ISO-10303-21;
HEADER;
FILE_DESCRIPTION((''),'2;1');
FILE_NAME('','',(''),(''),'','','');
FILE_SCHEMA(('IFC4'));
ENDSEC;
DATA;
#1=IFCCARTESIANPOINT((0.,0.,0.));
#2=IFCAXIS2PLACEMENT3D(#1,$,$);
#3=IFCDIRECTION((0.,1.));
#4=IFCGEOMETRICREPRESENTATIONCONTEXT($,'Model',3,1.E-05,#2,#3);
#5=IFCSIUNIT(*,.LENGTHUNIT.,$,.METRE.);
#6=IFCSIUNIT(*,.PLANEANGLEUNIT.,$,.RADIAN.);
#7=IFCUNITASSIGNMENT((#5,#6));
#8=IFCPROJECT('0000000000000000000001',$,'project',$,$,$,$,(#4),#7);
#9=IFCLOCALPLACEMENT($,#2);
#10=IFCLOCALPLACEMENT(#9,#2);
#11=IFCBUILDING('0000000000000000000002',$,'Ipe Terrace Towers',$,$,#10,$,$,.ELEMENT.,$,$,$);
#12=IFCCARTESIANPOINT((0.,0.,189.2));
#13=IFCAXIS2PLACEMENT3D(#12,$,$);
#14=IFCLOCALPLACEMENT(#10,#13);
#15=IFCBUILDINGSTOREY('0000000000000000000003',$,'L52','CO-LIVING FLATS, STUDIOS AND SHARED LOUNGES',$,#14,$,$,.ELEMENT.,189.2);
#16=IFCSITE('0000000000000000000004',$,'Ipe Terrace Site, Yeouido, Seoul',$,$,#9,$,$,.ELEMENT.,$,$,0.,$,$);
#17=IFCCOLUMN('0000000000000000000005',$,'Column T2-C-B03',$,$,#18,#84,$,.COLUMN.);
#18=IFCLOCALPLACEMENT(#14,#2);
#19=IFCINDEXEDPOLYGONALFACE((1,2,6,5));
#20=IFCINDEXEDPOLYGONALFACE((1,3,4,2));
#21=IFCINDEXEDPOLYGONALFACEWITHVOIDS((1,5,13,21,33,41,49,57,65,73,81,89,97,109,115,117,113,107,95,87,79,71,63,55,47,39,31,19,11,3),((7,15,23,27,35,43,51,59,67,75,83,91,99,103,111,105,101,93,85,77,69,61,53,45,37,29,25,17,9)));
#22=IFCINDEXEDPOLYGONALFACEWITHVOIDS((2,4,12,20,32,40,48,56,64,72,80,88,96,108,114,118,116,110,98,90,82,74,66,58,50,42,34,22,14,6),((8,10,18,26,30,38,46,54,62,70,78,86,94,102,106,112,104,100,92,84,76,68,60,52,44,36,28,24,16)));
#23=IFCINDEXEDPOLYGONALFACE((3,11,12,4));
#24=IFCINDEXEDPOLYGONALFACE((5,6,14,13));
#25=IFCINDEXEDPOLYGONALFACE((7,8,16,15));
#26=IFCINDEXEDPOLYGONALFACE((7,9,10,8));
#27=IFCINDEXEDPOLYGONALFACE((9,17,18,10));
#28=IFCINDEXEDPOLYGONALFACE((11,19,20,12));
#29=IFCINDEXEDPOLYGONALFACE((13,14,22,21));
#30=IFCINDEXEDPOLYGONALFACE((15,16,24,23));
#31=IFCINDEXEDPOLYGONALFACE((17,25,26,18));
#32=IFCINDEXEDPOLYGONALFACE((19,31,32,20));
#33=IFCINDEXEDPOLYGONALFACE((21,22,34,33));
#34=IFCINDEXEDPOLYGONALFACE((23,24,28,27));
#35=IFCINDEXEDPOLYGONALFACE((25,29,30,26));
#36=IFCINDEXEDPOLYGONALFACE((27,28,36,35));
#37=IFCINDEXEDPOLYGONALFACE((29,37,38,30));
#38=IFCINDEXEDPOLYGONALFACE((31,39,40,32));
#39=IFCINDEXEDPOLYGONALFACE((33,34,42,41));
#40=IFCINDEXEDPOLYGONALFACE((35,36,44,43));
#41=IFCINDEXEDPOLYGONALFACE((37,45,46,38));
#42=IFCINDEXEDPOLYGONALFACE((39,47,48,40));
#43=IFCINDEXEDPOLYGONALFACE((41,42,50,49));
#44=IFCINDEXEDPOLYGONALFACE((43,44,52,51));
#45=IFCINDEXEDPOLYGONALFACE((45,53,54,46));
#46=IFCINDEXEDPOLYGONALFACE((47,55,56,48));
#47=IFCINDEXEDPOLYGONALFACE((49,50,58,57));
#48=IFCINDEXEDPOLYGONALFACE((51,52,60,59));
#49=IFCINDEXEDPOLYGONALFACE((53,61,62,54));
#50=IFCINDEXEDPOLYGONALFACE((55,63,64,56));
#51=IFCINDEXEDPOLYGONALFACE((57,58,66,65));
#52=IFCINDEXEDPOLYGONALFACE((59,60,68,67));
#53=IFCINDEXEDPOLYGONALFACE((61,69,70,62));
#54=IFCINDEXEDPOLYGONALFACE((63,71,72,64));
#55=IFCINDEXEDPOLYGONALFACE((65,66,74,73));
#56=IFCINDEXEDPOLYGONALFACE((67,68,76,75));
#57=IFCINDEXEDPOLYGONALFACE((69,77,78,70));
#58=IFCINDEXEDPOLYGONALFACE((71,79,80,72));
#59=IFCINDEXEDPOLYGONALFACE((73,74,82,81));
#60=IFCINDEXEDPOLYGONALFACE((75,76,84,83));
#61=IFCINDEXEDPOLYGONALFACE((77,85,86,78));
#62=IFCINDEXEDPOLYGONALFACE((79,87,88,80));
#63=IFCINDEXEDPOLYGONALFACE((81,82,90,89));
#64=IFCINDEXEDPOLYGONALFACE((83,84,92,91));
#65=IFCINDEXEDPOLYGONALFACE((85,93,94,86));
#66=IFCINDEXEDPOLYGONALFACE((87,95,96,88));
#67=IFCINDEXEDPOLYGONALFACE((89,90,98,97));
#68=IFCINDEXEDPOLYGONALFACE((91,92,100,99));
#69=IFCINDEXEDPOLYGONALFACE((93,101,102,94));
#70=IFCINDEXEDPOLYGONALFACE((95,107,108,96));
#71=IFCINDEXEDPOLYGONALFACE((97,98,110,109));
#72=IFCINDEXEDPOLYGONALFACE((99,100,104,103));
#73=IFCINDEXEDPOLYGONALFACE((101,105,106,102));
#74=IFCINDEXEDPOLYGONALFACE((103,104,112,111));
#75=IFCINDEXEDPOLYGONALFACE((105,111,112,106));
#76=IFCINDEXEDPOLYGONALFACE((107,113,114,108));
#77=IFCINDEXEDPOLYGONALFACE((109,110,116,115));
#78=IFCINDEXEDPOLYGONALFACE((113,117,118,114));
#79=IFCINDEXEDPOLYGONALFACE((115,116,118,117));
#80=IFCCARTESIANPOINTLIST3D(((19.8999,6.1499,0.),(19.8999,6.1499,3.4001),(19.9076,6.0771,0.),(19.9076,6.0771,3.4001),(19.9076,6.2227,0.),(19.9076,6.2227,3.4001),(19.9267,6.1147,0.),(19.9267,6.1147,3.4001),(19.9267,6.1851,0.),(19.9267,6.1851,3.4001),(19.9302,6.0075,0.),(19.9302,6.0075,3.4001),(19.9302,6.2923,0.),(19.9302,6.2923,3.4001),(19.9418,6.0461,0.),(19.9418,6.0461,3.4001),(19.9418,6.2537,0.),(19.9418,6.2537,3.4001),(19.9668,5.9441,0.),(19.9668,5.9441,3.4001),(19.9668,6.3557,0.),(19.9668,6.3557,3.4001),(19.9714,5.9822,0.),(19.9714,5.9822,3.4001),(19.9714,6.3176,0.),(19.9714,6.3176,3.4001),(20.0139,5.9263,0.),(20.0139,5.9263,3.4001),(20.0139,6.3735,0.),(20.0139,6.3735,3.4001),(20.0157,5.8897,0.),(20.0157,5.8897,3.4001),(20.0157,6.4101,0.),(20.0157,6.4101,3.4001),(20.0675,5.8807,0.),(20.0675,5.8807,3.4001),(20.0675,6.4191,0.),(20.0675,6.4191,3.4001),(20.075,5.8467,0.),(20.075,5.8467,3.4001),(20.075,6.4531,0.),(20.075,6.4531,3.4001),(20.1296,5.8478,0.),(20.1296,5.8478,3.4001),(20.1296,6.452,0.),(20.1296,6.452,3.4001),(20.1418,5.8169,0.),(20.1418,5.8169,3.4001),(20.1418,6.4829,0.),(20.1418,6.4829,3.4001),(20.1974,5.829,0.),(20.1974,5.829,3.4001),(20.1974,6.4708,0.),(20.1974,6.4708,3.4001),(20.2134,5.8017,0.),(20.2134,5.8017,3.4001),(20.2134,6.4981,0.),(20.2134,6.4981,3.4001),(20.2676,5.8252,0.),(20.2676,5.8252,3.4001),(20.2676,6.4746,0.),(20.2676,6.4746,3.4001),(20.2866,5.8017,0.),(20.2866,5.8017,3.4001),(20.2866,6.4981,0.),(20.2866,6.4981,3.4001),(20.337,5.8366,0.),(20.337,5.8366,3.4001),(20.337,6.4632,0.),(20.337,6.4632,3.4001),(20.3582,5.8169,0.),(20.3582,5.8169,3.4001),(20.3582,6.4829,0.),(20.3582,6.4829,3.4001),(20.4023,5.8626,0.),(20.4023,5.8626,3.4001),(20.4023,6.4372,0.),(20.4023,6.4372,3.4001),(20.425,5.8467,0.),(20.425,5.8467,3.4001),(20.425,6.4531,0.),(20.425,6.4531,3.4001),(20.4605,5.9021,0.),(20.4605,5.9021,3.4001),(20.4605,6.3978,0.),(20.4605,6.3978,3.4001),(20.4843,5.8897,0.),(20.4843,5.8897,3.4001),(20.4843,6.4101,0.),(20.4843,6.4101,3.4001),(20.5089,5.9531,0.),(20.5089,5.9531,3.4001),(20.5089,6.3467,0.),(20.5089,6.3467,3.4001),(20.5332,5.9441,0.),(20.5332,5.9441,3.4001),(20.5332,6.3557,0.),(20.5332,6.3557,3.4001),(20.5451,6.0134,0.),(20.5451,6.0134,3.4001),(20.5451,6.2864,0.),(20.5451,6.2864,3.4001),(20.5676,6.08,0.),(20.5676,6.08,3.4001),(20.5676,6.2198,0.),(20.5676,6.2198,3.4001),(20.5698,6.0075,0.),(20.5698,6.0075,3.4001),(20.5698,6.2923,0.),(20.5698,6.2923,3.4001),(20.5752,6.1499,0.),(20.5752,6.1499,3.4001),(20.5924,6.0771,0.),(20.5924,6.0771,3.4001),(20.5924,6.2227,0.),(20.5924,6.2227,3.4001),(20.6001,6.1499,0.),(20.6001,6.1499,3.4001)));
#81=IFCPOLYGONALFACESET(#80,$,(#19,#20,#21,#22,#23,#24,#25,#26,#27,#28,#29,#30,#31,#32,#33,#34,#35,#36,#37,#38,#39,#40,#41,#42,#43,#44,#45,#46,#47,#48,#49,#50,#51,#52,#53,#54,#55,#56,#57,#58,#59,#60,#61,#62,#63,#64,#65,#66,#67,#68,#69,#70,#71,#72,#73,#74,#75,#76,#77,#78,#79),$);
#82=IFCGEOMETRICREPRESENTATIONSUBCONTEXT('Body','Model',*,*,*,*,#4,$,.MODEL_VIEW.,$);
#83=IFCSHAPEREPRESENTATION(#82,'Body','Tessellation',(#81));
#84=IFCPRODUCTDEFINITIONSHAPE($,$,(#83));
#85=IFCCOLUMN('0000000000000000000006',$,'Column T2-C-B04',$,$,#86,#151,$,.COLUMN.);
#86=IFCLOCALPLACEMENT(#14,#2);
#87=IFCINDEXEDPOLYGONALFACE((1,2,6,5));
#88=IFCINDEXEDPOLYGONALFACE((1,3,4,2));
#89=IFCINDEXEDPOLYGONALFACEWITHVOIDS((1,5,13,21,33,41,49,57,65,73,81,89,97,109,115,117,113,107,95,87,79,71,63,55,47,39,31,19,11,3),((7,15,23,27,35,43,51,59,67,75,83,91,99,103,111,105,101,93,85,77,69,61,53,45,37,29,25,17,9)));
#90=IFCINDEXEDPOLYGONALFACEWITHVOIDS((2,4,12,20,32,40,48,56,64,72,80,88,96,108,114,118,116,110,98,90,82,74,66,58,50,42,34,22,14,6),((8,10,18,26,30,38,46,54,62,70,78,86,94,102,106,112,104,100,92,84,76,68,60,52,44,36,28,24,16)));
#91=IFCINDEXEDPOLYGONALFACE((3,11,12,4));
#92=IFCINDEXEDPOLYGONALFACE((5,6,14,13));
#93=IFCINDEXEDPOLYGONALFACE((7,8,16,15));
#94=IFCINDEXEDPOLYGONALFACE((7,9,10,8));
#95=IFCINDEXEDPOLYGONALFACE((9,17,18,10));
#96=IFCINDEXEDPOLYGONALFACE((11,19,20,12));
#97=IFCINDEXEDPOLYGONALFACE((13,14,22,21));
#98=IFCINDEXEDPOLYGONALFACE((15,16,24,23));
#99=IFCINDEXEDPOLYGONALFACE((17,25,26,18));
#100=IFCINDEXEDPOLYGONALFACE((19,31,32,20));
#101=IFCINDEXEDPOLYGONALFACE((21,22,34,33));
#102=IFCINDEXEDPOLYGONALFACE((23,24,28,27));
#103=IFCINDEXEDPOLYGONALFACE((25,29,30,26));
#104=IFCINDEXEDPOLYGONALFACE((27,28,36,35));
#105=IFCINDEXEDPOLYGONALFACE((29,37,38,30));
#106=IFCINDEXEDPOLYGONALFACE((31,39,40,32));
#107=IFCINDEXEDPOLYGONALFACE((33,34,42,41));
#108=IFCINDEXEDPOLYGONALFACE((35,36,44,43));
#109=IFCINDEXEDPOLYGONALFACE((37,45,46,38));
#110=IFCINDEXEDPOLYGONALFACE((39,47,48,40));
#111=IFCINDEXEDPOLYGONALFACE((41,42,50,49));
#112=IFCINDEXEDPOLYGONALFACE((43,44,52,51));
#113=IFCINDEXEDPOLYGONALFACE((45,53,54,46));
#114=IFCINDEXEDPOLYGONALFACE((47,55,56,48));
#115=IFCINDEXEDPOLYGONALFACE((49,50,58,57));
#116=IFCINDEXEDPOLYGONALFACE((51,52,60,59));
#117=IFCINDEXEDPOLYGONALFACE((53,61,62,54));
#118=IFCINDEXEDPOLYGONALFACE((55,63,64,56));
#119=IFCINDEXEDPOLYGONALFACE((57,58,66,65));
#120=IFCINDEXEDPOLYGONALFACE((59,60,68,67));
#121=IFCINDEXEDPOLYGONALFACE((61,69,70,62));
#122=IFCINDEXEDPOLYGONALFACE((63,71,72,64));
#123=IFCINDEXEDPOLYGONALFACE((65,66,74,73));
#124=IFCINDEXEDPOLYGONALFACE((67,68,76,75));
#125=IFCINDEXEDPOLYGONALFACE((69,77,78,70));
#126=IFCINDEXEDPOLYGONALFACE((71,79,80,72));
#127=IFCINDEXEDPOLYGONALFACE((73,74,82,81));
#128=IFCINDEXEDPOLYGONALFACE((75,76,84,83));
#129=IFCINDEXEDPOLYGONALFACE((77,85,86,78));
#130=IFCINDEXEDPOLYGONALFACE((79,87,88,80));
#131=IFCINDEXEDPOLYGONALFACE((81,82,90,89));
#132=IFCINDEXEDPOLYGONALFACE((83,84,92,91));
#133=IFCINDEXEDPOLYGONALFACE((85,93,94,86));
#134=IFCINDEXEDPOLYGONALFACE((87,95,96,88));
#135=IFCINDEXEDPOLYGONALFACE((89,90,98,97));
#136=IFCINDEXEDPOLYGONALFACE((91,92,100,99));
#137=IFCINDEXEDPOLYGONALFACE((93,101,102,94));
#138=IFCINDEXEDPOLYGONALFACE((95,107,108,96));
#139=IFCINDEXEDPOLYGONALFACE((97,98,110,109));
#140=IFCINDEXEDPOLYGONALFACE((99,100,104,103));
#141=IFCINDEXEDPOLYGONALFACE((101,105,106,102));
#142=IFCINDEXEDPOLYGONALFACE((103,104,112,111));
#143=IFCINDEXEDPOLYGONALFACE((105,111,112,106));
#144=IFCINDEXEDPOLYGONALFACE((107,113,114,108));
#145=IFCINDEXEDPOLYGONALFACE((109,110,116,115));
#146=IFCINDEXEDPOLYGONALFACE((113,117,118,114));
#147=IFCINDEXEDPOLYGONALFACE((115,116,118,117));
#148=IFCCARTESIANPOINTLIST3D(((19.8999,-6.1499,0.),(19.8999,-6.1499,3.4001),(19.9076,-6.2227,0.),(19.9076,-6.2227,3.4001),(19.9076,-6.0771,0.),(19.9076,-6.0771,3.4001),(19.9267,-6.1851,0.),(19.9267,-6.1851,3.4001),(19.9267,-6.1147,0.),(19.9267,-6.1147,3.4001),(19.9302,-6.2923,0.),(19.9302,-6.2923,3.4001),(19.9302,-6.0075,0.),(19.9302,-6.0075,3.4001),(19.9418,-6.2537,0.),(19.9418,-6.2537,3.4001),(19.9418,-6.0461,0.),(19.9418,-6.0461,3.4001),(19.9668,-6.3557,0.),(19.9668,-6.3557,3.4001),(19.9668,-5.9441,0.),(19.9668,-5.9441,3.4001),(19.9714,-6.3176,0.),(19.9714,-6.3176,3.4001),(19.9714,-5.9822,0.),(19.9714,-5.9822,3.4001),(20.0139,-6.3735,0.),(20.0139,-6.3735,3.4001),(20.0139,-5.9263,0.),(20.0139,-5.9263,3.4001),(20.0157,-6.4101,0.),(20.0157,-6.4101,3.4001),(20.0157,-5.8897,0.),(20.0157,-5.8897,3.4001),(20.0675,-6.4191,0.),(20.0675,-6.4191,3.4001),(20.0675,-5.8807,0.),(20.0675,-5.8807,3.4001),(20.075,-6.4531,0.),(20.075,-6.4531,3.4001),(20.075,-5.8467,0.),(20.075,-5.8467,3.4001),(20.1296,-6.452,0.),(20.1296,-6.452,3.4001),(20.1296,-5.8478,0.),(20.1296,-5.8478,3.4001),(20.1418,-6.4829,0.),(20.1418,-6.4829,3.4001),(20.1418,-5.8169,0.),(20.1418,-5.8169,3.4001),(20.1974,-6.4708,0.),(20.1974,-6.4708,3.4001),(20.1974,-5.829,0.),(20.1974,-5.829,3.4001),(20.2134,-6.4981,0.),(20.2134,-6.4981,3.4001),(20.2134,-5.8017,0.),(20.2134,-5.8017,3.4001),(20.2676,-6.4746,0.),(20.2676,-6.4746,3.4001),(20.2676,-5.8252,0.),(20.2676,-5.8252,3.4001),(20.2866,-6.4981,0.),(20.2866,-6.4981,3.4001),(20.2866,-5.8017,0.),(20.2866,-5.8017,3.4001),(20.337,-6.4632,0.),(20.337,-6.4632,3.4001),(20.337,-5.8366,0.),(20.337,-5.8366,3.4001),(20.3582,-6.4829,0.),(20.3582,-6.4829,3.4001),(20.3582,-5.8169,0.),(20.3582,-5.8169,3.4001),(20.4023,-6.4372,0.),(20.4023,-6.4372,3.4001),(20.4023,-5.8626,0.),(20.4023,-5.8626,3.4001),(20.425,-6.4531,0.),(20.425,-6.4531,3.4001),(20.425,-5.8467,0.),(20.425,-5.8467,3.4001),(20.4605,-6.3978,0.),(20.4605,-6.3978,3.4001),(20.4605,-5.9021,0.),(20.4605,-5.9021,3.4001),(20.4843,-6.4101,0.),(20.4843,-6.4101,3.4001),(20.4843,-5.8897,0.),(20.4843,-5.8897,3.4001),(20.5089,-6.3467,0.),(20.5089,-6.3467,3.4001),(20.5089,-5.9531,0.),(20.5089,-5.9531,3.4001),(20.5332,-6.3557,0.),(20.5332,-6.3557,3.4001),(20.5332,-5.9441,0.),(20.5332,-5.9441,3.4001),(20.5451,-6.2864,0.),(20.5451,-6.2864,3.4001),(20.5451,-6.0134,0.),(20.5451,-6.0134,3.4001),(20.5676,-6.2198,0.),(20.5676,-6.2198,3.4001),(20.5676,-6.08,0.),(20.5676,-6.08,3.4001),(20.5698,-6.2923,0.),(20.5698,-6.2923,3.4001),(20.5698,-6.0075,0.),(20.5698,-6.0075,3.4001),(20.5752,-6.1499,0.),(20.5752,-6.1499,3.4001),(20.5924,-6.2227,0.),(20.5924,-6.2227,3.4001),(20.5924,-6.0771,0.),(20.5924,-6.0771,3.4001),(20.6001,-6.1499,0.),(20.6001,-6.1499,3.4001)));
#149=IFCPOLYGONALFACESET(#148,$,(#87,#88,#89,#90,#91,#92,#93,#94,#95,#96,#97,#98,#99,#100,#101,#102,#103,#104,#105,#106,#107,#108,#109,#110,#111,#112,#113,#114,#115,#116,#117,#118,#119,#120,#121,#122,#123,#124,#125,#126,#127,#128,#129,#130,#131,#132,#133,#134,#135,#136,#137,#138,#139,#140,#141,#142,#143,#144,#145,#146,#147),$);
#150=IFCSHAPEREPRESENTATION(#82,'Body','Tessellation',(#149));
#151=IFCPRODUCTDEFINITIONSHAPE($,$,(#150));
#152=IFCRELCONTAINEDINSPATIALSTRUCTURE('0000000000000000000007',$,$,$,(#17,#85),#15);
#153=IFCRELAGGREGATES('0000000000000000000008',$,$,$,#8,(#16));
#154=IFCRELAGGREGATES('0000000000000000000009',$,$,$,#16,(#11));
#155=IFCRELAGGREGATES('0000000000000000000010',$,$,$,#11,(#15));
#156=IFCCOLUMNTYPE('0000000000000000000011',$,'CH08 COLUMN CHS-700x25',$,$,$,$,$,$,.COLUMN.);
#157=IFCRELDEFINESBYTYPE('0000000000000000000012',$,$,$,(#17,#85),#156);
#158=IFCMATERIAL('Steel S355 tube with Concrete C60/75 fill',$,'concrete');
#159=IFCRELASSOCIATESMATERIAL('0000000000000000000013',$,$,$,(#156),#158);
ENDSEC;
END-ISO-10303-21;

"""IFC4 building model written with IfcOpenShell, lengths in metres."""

from ifc_helpers import new_model, si_unit, direction, frame, origin, origin_2d, place, context, subcontext, project, spatial, hollow_circle, extrude, material, material_profile, profile_set, type_object, element, save


model = new_model("IFC4")

# Units and contexts
model_context = context("Model", 3, precision=1e-05, world=origin(), true_north=direction((0.0, 1.0)))
body_context = subcontext(model_context, "Body", "Model", "MODEL_VIEW")
ifc_project = project(units=[si_unit("LENGTHUNIT", "METRE"), si_unit("PLANEANGLEUNIT", "RADIAN")], contexts=[model_context])

# Site, building, storey
site_placement = place(None, origin())
site = spatial("IfcSite", under=ifc_project, at=site_placement, Name="Ipe Terrace Site, Yeouido, Seoul", CompositionType="ELEMENT", RefElevation=0.0)
building_placement = place(site_placement, origin())
building = spatial("IfcBuilding", under=site, at=building_placement, Name="Ipe Terrace Towers", CompositionType="ELEMENT")
storey_placement = place(building_placement, frame((0.0, 0.0, 189.2)))
storey = spatial("IfcBuildingStorey", under=building, at=storey_placement, Name="L52", Description="CO-LIVING FLATS, STUDIOS AND SHARED LOUNGES", CompositionType="ELEMENT", Elevation=189.2)

# Columns
ifc_material_1 = material(Name="Steel S355 tube with Concrete C60/75 fill", Category="concrete")
ifc_material_profile_1 = material_profile(ifc_material_1, hollow_circle(Radius=0.3501, WallThickness=0.0249, at=origin_2d()), Name="CHS-700x25")
ifc_profile_set_1 = profile_set([ifc_material_profile_1], Name="Steel S355 tube with Concrete C60/75 fill")
column_type = type_object("IfcColumnType", Name="CH08 COLUMN CHS-700x25", PredefinedType="COLUMN", material=ifc_profile_set_1)
for number, where, z_axis, x_axis, name in (
    (1, (20.25, 6.1499, 0.0), (0.0, 0.0, 1.0), (1.0, 0.0, 0.0), "Column T2-C-B03"),
    (2, (20.25, -6.1499, 0.0), (0.0, 0.0, 1.0), (1.0, 0.0, 0.0), "Column T2-C-B04"),
):
    element("IfcColumn", number, at=place(storey_placement, frame(where, z_axis=z_axis, x_axis=x_axis)), inside=storey, type_object=column_type, Name=name, PredefinedType="COLUMN", context=body_context, shape_type="SweptSolid", body=[
        extrude(hollow_circle(Radius=0.3501, WallThickness=0.0249, at=origin_2d()), origin(), (0.0, 0.0, 1.0), 3.4001),
    ])

save(model, "model.ifc")
